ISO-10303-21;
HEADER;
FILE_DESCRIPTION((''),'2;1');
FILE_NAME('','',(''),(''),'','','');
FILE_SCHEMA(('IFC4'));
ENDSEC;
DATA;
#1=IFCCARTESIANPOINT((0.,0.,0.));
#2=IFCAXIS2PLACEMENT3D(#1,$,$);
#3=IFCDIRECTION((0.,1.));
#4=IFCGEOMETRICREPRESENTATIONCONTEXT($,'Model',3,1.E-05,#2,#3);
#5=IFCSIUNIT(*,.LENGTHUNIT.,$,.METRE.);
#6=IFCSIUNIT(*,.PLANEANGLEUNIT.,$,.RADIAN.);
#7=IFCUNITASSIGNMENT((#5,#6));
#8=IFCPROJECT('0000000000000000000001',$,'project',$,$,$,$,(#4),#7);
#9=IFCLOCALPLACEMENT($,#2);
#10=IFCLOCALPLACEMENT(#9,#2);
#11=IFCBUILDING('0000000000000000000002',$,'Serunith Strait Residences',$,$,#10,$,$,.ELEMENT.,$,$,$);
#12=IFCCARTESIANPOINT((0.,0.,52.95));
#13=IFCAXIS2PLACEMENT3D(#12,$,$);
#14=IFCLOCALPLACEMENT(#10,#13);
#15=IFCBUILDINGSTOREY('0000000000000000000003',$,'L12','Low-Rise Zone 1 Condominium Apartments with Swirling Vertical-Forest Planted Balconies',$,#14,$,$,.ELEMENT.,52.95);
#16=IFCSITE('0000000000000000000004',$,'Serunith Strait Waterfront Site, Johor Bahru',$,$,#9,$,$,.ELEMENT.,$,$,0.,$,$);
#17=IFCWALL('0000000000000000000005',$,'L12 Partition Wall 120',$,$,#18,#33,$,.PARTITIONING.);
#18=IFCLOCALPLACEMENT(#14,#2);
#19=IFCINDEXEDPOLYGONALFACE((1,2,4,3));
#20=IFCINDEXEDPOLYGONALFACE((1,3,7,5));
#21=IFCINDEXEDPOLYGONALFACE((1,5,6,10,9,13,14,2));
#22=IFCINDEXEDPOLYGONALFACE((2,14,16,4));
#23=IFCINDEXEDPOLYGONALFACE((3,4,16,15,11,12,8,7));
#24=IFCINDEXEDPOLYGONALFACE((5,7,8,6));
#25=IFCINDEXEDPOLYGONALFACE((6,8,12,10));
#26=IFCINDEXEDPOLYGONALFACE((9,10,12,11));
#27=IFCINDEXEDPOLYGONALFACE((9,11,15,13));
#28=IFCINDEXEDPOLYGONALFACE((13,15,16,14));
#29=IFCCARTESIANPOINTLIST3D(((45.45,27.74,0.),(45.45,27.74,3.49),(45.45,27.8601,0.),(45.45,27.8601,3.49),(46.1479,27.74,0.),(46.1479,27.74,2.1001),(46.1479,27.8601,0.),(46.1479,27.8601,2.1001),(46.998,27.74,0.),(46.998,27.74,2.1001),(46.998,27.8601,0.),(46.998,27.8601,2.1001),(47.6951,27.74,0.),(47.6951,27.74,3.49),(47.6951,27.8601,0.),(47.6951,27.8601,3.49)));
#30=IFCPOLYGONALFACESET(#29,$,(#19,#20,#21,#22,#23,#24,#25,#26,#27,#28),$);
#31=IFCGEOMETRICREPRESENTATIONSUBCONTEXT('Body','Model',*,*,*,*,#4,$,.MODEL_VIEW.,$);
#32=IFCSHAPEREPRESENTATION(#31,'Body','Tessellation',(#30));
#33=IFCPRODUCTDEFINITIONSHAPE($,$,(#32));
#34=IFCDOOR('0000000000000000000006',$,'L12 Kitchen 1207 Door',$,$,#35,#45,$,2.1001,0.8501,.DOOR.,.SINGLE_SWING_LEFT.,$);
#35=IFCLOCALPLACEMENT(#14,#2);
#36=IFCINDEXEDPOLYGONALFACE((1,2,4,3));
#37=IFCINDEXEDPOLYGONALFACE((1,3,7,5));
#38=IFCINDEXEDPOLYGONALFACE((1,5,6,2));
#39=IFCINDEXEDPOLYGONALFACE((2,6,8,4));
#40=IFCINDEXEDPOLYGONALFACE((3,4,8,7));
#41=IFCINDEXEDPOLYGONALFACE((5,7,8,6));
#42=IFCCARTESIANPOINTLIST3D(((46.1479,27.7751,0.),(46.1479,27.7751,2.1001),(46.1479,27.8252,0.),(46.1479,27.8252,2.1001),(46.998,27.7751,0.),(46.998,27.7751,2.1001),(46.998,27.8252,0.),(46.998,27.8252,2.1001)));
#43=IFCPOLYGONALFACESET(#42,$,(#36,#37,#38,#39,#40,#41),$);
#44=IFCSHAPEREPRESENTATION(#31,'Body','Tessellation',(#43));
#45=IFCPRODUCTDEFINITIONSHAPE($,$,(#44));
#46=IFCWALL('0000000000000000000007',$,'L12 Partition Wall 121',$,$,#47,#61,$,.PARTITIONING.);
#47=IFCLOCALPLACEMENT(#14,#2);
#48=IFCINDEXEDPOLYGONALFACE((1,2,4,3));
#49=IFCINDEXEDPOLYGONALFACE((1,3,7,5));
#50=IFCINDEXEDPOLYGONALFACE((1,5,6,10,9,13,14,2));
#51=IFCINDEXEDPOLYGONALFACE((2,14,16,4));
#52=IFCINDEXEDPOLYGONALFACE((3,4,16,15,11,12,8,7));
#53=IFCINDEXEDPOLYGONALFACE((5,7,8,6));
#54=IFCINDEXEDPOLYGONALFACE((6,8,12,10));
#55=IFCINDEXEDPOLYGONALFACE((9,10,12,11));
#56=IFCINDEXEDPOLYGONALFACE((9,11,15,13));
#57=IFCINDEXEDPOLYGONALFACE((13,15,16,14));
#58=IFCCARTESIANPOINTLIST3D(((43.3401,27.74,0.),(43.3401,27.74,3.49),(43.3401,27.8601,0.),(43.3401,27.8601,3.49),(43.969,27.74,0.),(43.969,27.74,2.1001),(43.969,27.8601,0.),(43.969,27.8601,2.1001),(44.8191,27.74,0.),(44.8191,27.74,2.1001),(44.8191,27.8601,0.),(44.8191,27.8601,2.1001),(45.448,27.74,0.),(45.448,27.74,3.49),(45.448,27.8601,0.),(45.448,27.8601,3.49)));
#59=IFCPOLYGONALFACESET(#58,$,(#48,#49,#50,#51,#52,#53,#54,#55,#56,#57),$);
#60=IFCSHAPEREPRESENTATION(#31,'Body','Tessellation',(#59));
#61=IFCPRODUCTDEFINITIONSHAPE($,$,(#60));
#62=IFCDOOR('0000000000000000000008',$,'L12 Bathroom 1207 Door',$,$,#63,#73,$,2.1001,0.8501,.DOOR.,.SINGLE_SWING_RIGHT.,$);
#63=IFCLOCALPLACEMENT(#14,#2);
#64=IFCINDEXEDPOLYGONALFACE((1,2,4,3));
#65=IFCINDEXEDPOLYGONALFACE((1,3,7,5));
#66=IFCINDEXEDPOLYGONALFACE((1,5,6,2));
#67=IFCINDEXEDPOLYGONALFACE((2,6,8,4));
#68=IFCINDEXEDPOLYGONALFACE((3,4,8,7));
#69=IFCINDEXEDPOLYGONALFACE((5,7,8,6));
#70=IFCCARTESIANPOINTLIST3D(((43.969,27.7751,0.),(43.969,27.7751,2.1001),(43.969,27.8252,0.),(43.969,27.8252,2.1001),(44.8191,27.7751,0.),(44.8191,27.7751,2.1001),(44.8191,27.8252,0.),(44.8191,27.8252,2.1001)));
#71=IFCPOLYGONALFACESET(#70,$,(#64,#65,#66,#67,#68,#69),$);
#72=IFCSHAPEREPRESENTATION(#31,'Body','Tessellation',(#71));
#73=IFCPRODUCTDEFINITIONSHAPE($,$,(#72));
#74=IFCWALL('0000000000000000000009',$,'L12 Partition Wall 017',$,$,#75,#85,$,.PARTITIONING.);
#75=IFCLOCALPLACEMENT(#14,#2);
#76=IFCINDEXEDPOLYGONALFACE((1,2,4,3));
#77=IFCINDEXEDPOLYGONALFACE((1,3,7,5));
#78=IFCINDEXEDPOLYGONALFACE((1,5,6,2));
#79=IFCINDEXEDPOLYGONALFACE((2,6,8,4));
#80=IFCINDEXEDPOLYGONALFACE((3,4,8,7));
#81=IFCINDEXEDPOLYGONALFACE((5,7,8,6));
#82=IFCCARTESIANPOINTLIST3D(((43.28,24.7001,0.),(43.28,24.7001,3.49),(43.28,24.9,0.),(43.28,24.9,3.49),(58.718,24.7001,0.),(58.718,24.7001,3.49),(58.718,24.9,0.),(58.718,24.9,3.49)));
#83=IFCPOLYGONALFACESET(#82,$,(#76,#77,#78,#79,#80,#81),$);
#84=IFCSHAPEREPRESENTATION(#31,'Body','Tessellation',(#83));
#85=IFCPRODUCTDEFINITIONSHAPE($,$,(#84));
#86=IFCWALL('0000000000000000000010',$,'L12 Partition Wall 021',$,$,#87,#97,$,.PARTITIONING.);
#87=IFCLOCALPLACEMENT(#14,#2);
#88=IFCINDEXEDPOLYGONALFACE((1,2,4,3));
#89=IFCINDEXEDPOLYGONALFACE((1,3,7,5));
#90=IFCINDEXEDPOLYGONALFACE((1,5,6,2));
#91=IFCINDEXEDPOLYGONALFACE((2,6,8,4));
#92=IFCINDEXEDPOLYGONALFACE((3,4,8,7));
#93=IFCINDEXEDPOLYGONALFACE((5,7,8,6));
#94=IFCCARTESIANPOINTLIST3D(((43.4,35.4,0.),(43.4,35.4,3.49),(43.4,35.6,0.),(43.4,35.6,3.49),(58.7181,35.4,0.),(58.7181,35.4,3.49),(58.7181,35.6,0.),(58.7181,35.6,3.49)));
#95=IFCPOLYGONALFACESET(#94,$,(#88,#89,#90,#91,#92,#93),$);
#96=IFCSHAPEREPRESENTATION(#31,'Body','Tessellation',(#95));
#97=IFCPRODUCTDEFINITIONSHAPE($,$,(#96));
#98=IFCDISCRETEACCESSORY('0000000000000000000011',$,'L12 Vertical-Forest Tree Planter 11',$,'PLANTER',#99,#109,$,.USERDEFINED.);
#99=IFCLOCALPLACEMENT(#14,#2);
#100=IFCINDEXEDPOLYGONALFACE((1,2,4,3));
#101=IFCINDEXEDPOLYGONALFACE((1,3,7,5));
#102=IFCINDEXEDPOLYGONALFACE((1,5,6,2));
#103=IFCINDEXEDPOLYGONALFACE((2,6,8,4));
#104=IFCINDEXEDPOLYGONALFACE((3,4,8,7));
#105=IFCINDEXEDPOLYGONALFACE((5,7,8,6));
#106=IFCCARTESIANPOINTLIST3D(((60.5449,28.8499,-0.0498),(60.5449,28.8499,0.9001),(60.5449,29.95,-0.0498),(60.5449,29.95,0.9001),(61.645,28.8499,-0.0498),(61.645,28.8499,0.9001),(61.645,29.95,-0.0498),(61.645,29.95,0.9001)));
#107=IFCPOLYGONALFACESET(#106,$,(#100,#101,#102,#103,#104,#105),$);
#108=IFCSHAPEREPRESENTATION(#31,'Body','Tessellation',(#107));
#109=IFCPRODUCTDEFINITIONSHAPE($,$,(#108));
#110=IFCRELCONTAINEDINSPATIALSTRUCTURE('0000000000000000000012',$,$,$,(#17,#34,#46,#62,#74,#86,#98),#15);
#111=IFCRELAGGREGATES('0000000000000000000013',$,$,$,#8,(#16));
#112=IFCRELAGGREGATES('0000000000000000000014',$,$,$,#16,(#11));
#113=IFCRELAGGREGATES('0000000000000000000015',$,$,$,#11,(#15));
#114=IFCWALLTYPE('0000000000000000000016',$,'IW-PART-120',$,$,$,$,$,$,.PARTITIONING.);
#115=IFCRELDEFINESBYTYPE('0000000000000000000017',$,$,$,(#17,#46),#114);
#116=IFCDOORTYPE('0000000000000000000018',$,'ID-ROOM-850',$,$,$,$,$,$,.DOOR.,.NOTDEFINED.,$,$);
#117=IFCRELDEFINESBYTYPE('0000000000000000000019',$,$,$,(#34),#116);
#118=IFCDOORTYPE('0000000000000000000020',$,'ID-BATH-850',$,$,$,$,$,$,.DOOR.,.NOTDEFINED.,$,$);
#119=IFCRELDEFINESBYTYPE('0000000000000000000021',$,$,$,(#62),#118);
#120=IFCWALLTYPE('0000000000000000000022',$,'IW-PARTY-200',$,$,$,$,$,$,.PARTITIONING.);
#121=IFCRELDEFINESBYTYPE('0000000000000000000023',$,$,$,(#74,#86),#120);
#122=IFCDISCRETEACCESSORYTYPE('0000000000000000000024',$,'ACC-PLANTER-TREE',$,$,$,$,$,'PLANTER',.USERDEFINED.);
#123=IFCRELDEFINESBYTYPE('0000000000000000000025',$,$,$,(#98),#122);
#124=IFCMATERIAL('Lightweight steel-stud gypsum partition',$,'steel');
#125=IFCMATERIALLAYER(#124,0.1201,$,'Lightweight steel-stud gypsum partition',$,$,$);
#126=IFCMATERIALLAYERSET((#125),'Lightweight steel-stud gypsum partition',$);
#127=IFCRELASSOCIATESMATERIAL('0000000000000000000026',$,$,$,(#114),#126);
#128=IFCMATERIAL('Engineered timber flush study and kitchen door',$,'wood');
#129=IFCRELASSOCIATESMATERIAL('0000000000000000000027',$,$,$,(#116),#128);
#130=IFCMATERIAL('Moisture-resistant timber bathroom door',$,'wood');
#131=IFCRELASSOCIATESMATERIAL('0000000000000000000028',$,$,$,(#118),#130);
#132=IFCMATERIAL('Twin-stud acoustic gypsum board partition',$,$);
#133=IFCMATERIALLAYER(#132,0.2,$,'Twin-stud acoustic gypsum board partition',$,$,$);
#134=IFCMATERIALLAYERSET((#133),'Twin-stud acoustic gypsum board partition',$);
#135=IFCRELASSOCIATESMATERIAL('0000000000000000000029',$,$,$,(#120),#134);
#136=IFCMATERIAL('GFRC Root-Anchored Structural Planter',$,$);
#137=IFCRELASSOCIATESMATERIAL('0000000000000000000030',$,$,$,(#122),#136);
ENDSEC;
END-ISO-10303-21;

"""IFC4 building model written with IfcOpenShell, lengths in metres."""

from ifc_helpers import new_model, si_unit, direction, frame, frame_2d, origin, origin_2d, place, context, subcontext, project, spatial, rectangle, extrude, source, transform, mapped, material, layer, layer_set, type_object, element, fill, save


model = new_model("IFC4")

# Units and contexts
model_context = context("Model", 3, precision=1e-05, world=origin(), true_north=direction((0.0, 1.0)))
body_context = subcontext(model_context, "Body", "Model", "MODEL_VIEW")
ifc_project = project(units=[si_unit("LENGTHUNIT", "METRE"), si_unit("PLANEANGLEUNIT", "RADIAN")], contexts=[model_context])

# Site, building, storey
site_placement = place(None, origin())
site = spatial("IfcSite", under=ifc_project, at=site_placement, Name="Serunith Strait Waterfront Site, Johor Bahru", CompositionType="ELEMENT", RefElevation=0.0)
building_placement = place(site_placement, origin())
building = spatial("IfcBuilding", under=site, at=building_placement, Name="Serunith Strait Residences", CompositionType="ELEMENT")
storey_placement = place(building_placement, frame((0.0, 0.0, 52.95)))
storey = spatial("IfcBuildingStorey", under=building, at=storey_placement, Name="L12", Description="Low-Rise Zone 1 Condominium Apartments with Swirling Vertical-Forest Planted Balconies", CompositionType="ELEMENT", Elevation=52.95)

# Shared definitions
ifc_material_1 = material(Name="Lightweight steel-stud gypsum partition", Category="steel")
ifc_layer_1 = layer(ifc_material_1, 0.1201, Name="Lightweight steel-stud gypsum partition")
ifc_layer_set_1 = layer_set([ifc_layer_1], Name="Lightweight steel-stud gypsum partition")
wall_type_1 = type_object("IfcWallType", Name="IW-PART-120", PredefinedType="PARTITIONING", material=ifc_layer_set_1)

# Walls, openings, doors
ifc_material_2 = material(Name="Engineered timber flush study and kitchen door", Category="wood")
door_type_1 = type_object("IfcDoorType", Name="ID-ROOM-850", OperationType="NOTDEFINED", PredefinedType="DOOR", material=ifc_material_2)
shared_shape_1 = source(origin(), body_context, "Body", "SweptSolid", [
    extrude(rectangle(XDim=0.8501, YDim=2.1001, at=frame_2d((0.425, 1.05))), frame((0.0, 0.0249, 0.0), z_axis=(0.0, -1.0, 0.0), x_axis=(1.0, 0.0, 0.0)), (0.0, 0.0, 1.0), 0.05),
])
wall_1_placement = place(storey_placement, frame((47.6951, 27.8, 0.0), z_axis=(0.0, 0.0, 1.0), x_axis=(-1.0, 0.0, 0.0)))
wall_1 = element("IfcWall", 1, at=wall_1_placement, inside=storey, type_object=wall_type_1, Name="L12 Partition Wall 120", PredefinedType="PARTITIONING", context=body_context, shape_type="SweptSolid", body=[
    extrude(rectangle(XDim=2.2451, YDim=0.1201, at=frame_2d((1.1226, 0.0))), origin(), (0.0, 0.0, 1.0), 3.49),
])
opening_1_placement = place(wall_1_placement, frame((0.697, 0.0, 0.0)))
opening_1 = element("IfcOpeningElement", 2, at=opening_1_placement, cuts=wall_1, PredefinedType="OPENING", context=body_context, shape_type="SweptSolid", body=[
    extrude(rectangle(XDim=0.8501, YDim=2.1001, at=frame_2d((0.425, 1.05))), frame((0.0, 0.0701, 0.0), z_axis=(0.0, -1.0, 0.0), x_axis=(1.0, 0.0, 0.0)), (0.0, 0.0, 1.0), 0.1401),
])
door_1_placement = place(opening_1_placement, origin())
door_1 = element("IfcDoor", 3, at=door_1_placement, inside=storey, type_object=door_type_1, Name="L12 Kitchen 1207 Door", OperationType="SINGLE_SWING_LEFT", OverallHeight=2.1001, OverallWidth=0.8501, PredefinedType="DOOR", context=body_context, shape_type="MappedRepresentation", body=[
    mapped(shared_shape_1, transform((0.0, 0.0, 0.0), scale=1.0)),
])
fill(opening_1, door_1)
wall_2_placement = place(storey_placement, frame((45.448, 27.8, 0.0), z_axis=(0.0, 0.0, 1.0), x_axis=(-1.0, 0.0, 0.0)))
wall_2 = element("IfcWall", 4, at=wall_2_placement, inside=storey, type_object=wall_type_1, Name="L12 Partition Wall 121", PredefinedType="PARTITIONING", context=body_context, shape_type="SweptSolid", body=[
    extrude(rectangle(XDim=2.1079, YDim=0.1201, at=frame_2d((1.054, 0.0))), origin(), (0.0, 0.0, 1.0), 3.49),
])
opening_2_placement = place(wall_2_placement, frame((0.6289, 0.0, 0.0)))
opening_2 = element("IfcOpeningElement", 5, at=opening_2_placement, cuts=wall_2, PredefinedType="OPENING", context=body_context, shape_type="SweptSolid", body=[
    extrude(rectangle(XDim=0.8501, YDim=2.1001, at=frame_2d((0.425, 1.05))), frame((0.0, 0.0701, 0.0), z_axis=(0.0, -1.0, 0.0), x_axis=(1.0, 0.0, 0.0)), (0.0, 0.0, 1.0), 0.1401),
])
ifc_material_3 = material(Name="Moisture-resistant timber bathroom door", Category="wood")
door_type_2 = type_object("IfcDoorType", Name="ID-BATH-850", OperationType="NOTDEFINED", PredefinedType="DOOR", material=ifc_material_3)
door_2_placement = place(opening_2_placement, origin())
door_2 = element("IfcDoor", 6, at=door_2_placement, inside=storey, type_object=door_type_2, Name="L12 Bathroom 1207 Door", OperationType="SINGLE_SWING_RIGHT", OverallHeight=2.1001, OverallWidth=0.8501, PredefinedType="DOOR", context=body_context, shape_type="MappedRepresentation", body=[
    mapped(shared_shape_1, transform((0.0, 0.0, 0.0), scale=1.0)),
])
fill(opening_2, door_2)

# Walls
ifc_material_4 = material(Name="Twin-stud acoustic gypsum board partition")
ifc_layer_2 = layer(ifc_material_4, 0.2, Name="Twin-stud acoustic gypsum board partition")
ifc_layer_set_2 = layer_set([ifc_layer_2], Name="Twin-stud acoustic gypsum board partition")
wall_type_2 = type_object("IfcWallType", Name="IW-PARTY-200", PredefinedType="PARTITIONING", material=ifc_layer_set_2)
wall_3_placement = place(storey_placement, frame((43.28, 24.8, 0.0), z_axis=(0.0, 0.0, 1.0), x_axis=(1.0, 0.0, 0.0)))
element("IfcWall", 7, at=wall_3_placement, inside=storey, type_object=wall_type_2, Name="L12 Partition Wall 017", PredefinedType="PARTITIONING", context=body_context, shape_type="SweptSolid", body=[
    extrude(rectangle(XDim=15.438, YDim=0.2, at=frame_2d((7.719, 0.0))), origin(), (0.0, 0.0, 1.0), 3.49),
])
wall_4_placement = place(storey_placement, frame((43.3999, 35.5, 0.0), z_axis=(0.0, 0.0, 1.0), x_axis=(1.0, 0.0, 0.0)))
element("IfcWall", 8, at=wall_4_placement, inside=storey, type_object=wall_type_2, Name="L12 Partition Wall 021", PredefinedType="PARTITIONING", context=body_context, shape_type="SweptSolid", body=[
    extrude(rectangle(XDim=15.3181, YDim=0.2, at=frame_2d((7.6592, 0.0))), origin(), (0.0, 0.0, 1.0), 3.49),
])

# Discrete accessory
ifc_material_5 = material(Name="GFRC Root-Anchored Structural Planter")
discrete_accessory_type = type_object("IfcDiscreteAccessoryType", Name="ACC-PLANTER-TREE", ElementType="PLANTER", PredefinedType="USERDEFINED", material=ifc_material_5)
shared_shape_2 = source(origin(), body_context, "Body", "SweptSolid", [
    extrude(rectangle(XDim=1.1001, YDim=1.1001, at=origin_2d()), origin(), (0.0, 0.0, 1.0), 0.95),
])
discrete_accessory_placement = place(storey_placement, frame((61.095, 29.3999, -0.0498), z_axis=(0.0, 0.0, 1.0), x_axis=(0.0, 1.0, 0.0)))
element("IfcDiscreteAccessory", 9, at=discrete_accessory_placement, inside=storey, type_object=discrete_accessory_type, Name="L12 Vertical-Forest Tree Planter 11", ObjectType="PLANTER", PredefinedType="USERDEFINED", context=body_context, shape_type="MappedRepresentation", body=[
    mapped(shared_shape_2, transform((0.0, 0.0, 0.0), scale=1.0)),
])

save(model, "model.ifc")
